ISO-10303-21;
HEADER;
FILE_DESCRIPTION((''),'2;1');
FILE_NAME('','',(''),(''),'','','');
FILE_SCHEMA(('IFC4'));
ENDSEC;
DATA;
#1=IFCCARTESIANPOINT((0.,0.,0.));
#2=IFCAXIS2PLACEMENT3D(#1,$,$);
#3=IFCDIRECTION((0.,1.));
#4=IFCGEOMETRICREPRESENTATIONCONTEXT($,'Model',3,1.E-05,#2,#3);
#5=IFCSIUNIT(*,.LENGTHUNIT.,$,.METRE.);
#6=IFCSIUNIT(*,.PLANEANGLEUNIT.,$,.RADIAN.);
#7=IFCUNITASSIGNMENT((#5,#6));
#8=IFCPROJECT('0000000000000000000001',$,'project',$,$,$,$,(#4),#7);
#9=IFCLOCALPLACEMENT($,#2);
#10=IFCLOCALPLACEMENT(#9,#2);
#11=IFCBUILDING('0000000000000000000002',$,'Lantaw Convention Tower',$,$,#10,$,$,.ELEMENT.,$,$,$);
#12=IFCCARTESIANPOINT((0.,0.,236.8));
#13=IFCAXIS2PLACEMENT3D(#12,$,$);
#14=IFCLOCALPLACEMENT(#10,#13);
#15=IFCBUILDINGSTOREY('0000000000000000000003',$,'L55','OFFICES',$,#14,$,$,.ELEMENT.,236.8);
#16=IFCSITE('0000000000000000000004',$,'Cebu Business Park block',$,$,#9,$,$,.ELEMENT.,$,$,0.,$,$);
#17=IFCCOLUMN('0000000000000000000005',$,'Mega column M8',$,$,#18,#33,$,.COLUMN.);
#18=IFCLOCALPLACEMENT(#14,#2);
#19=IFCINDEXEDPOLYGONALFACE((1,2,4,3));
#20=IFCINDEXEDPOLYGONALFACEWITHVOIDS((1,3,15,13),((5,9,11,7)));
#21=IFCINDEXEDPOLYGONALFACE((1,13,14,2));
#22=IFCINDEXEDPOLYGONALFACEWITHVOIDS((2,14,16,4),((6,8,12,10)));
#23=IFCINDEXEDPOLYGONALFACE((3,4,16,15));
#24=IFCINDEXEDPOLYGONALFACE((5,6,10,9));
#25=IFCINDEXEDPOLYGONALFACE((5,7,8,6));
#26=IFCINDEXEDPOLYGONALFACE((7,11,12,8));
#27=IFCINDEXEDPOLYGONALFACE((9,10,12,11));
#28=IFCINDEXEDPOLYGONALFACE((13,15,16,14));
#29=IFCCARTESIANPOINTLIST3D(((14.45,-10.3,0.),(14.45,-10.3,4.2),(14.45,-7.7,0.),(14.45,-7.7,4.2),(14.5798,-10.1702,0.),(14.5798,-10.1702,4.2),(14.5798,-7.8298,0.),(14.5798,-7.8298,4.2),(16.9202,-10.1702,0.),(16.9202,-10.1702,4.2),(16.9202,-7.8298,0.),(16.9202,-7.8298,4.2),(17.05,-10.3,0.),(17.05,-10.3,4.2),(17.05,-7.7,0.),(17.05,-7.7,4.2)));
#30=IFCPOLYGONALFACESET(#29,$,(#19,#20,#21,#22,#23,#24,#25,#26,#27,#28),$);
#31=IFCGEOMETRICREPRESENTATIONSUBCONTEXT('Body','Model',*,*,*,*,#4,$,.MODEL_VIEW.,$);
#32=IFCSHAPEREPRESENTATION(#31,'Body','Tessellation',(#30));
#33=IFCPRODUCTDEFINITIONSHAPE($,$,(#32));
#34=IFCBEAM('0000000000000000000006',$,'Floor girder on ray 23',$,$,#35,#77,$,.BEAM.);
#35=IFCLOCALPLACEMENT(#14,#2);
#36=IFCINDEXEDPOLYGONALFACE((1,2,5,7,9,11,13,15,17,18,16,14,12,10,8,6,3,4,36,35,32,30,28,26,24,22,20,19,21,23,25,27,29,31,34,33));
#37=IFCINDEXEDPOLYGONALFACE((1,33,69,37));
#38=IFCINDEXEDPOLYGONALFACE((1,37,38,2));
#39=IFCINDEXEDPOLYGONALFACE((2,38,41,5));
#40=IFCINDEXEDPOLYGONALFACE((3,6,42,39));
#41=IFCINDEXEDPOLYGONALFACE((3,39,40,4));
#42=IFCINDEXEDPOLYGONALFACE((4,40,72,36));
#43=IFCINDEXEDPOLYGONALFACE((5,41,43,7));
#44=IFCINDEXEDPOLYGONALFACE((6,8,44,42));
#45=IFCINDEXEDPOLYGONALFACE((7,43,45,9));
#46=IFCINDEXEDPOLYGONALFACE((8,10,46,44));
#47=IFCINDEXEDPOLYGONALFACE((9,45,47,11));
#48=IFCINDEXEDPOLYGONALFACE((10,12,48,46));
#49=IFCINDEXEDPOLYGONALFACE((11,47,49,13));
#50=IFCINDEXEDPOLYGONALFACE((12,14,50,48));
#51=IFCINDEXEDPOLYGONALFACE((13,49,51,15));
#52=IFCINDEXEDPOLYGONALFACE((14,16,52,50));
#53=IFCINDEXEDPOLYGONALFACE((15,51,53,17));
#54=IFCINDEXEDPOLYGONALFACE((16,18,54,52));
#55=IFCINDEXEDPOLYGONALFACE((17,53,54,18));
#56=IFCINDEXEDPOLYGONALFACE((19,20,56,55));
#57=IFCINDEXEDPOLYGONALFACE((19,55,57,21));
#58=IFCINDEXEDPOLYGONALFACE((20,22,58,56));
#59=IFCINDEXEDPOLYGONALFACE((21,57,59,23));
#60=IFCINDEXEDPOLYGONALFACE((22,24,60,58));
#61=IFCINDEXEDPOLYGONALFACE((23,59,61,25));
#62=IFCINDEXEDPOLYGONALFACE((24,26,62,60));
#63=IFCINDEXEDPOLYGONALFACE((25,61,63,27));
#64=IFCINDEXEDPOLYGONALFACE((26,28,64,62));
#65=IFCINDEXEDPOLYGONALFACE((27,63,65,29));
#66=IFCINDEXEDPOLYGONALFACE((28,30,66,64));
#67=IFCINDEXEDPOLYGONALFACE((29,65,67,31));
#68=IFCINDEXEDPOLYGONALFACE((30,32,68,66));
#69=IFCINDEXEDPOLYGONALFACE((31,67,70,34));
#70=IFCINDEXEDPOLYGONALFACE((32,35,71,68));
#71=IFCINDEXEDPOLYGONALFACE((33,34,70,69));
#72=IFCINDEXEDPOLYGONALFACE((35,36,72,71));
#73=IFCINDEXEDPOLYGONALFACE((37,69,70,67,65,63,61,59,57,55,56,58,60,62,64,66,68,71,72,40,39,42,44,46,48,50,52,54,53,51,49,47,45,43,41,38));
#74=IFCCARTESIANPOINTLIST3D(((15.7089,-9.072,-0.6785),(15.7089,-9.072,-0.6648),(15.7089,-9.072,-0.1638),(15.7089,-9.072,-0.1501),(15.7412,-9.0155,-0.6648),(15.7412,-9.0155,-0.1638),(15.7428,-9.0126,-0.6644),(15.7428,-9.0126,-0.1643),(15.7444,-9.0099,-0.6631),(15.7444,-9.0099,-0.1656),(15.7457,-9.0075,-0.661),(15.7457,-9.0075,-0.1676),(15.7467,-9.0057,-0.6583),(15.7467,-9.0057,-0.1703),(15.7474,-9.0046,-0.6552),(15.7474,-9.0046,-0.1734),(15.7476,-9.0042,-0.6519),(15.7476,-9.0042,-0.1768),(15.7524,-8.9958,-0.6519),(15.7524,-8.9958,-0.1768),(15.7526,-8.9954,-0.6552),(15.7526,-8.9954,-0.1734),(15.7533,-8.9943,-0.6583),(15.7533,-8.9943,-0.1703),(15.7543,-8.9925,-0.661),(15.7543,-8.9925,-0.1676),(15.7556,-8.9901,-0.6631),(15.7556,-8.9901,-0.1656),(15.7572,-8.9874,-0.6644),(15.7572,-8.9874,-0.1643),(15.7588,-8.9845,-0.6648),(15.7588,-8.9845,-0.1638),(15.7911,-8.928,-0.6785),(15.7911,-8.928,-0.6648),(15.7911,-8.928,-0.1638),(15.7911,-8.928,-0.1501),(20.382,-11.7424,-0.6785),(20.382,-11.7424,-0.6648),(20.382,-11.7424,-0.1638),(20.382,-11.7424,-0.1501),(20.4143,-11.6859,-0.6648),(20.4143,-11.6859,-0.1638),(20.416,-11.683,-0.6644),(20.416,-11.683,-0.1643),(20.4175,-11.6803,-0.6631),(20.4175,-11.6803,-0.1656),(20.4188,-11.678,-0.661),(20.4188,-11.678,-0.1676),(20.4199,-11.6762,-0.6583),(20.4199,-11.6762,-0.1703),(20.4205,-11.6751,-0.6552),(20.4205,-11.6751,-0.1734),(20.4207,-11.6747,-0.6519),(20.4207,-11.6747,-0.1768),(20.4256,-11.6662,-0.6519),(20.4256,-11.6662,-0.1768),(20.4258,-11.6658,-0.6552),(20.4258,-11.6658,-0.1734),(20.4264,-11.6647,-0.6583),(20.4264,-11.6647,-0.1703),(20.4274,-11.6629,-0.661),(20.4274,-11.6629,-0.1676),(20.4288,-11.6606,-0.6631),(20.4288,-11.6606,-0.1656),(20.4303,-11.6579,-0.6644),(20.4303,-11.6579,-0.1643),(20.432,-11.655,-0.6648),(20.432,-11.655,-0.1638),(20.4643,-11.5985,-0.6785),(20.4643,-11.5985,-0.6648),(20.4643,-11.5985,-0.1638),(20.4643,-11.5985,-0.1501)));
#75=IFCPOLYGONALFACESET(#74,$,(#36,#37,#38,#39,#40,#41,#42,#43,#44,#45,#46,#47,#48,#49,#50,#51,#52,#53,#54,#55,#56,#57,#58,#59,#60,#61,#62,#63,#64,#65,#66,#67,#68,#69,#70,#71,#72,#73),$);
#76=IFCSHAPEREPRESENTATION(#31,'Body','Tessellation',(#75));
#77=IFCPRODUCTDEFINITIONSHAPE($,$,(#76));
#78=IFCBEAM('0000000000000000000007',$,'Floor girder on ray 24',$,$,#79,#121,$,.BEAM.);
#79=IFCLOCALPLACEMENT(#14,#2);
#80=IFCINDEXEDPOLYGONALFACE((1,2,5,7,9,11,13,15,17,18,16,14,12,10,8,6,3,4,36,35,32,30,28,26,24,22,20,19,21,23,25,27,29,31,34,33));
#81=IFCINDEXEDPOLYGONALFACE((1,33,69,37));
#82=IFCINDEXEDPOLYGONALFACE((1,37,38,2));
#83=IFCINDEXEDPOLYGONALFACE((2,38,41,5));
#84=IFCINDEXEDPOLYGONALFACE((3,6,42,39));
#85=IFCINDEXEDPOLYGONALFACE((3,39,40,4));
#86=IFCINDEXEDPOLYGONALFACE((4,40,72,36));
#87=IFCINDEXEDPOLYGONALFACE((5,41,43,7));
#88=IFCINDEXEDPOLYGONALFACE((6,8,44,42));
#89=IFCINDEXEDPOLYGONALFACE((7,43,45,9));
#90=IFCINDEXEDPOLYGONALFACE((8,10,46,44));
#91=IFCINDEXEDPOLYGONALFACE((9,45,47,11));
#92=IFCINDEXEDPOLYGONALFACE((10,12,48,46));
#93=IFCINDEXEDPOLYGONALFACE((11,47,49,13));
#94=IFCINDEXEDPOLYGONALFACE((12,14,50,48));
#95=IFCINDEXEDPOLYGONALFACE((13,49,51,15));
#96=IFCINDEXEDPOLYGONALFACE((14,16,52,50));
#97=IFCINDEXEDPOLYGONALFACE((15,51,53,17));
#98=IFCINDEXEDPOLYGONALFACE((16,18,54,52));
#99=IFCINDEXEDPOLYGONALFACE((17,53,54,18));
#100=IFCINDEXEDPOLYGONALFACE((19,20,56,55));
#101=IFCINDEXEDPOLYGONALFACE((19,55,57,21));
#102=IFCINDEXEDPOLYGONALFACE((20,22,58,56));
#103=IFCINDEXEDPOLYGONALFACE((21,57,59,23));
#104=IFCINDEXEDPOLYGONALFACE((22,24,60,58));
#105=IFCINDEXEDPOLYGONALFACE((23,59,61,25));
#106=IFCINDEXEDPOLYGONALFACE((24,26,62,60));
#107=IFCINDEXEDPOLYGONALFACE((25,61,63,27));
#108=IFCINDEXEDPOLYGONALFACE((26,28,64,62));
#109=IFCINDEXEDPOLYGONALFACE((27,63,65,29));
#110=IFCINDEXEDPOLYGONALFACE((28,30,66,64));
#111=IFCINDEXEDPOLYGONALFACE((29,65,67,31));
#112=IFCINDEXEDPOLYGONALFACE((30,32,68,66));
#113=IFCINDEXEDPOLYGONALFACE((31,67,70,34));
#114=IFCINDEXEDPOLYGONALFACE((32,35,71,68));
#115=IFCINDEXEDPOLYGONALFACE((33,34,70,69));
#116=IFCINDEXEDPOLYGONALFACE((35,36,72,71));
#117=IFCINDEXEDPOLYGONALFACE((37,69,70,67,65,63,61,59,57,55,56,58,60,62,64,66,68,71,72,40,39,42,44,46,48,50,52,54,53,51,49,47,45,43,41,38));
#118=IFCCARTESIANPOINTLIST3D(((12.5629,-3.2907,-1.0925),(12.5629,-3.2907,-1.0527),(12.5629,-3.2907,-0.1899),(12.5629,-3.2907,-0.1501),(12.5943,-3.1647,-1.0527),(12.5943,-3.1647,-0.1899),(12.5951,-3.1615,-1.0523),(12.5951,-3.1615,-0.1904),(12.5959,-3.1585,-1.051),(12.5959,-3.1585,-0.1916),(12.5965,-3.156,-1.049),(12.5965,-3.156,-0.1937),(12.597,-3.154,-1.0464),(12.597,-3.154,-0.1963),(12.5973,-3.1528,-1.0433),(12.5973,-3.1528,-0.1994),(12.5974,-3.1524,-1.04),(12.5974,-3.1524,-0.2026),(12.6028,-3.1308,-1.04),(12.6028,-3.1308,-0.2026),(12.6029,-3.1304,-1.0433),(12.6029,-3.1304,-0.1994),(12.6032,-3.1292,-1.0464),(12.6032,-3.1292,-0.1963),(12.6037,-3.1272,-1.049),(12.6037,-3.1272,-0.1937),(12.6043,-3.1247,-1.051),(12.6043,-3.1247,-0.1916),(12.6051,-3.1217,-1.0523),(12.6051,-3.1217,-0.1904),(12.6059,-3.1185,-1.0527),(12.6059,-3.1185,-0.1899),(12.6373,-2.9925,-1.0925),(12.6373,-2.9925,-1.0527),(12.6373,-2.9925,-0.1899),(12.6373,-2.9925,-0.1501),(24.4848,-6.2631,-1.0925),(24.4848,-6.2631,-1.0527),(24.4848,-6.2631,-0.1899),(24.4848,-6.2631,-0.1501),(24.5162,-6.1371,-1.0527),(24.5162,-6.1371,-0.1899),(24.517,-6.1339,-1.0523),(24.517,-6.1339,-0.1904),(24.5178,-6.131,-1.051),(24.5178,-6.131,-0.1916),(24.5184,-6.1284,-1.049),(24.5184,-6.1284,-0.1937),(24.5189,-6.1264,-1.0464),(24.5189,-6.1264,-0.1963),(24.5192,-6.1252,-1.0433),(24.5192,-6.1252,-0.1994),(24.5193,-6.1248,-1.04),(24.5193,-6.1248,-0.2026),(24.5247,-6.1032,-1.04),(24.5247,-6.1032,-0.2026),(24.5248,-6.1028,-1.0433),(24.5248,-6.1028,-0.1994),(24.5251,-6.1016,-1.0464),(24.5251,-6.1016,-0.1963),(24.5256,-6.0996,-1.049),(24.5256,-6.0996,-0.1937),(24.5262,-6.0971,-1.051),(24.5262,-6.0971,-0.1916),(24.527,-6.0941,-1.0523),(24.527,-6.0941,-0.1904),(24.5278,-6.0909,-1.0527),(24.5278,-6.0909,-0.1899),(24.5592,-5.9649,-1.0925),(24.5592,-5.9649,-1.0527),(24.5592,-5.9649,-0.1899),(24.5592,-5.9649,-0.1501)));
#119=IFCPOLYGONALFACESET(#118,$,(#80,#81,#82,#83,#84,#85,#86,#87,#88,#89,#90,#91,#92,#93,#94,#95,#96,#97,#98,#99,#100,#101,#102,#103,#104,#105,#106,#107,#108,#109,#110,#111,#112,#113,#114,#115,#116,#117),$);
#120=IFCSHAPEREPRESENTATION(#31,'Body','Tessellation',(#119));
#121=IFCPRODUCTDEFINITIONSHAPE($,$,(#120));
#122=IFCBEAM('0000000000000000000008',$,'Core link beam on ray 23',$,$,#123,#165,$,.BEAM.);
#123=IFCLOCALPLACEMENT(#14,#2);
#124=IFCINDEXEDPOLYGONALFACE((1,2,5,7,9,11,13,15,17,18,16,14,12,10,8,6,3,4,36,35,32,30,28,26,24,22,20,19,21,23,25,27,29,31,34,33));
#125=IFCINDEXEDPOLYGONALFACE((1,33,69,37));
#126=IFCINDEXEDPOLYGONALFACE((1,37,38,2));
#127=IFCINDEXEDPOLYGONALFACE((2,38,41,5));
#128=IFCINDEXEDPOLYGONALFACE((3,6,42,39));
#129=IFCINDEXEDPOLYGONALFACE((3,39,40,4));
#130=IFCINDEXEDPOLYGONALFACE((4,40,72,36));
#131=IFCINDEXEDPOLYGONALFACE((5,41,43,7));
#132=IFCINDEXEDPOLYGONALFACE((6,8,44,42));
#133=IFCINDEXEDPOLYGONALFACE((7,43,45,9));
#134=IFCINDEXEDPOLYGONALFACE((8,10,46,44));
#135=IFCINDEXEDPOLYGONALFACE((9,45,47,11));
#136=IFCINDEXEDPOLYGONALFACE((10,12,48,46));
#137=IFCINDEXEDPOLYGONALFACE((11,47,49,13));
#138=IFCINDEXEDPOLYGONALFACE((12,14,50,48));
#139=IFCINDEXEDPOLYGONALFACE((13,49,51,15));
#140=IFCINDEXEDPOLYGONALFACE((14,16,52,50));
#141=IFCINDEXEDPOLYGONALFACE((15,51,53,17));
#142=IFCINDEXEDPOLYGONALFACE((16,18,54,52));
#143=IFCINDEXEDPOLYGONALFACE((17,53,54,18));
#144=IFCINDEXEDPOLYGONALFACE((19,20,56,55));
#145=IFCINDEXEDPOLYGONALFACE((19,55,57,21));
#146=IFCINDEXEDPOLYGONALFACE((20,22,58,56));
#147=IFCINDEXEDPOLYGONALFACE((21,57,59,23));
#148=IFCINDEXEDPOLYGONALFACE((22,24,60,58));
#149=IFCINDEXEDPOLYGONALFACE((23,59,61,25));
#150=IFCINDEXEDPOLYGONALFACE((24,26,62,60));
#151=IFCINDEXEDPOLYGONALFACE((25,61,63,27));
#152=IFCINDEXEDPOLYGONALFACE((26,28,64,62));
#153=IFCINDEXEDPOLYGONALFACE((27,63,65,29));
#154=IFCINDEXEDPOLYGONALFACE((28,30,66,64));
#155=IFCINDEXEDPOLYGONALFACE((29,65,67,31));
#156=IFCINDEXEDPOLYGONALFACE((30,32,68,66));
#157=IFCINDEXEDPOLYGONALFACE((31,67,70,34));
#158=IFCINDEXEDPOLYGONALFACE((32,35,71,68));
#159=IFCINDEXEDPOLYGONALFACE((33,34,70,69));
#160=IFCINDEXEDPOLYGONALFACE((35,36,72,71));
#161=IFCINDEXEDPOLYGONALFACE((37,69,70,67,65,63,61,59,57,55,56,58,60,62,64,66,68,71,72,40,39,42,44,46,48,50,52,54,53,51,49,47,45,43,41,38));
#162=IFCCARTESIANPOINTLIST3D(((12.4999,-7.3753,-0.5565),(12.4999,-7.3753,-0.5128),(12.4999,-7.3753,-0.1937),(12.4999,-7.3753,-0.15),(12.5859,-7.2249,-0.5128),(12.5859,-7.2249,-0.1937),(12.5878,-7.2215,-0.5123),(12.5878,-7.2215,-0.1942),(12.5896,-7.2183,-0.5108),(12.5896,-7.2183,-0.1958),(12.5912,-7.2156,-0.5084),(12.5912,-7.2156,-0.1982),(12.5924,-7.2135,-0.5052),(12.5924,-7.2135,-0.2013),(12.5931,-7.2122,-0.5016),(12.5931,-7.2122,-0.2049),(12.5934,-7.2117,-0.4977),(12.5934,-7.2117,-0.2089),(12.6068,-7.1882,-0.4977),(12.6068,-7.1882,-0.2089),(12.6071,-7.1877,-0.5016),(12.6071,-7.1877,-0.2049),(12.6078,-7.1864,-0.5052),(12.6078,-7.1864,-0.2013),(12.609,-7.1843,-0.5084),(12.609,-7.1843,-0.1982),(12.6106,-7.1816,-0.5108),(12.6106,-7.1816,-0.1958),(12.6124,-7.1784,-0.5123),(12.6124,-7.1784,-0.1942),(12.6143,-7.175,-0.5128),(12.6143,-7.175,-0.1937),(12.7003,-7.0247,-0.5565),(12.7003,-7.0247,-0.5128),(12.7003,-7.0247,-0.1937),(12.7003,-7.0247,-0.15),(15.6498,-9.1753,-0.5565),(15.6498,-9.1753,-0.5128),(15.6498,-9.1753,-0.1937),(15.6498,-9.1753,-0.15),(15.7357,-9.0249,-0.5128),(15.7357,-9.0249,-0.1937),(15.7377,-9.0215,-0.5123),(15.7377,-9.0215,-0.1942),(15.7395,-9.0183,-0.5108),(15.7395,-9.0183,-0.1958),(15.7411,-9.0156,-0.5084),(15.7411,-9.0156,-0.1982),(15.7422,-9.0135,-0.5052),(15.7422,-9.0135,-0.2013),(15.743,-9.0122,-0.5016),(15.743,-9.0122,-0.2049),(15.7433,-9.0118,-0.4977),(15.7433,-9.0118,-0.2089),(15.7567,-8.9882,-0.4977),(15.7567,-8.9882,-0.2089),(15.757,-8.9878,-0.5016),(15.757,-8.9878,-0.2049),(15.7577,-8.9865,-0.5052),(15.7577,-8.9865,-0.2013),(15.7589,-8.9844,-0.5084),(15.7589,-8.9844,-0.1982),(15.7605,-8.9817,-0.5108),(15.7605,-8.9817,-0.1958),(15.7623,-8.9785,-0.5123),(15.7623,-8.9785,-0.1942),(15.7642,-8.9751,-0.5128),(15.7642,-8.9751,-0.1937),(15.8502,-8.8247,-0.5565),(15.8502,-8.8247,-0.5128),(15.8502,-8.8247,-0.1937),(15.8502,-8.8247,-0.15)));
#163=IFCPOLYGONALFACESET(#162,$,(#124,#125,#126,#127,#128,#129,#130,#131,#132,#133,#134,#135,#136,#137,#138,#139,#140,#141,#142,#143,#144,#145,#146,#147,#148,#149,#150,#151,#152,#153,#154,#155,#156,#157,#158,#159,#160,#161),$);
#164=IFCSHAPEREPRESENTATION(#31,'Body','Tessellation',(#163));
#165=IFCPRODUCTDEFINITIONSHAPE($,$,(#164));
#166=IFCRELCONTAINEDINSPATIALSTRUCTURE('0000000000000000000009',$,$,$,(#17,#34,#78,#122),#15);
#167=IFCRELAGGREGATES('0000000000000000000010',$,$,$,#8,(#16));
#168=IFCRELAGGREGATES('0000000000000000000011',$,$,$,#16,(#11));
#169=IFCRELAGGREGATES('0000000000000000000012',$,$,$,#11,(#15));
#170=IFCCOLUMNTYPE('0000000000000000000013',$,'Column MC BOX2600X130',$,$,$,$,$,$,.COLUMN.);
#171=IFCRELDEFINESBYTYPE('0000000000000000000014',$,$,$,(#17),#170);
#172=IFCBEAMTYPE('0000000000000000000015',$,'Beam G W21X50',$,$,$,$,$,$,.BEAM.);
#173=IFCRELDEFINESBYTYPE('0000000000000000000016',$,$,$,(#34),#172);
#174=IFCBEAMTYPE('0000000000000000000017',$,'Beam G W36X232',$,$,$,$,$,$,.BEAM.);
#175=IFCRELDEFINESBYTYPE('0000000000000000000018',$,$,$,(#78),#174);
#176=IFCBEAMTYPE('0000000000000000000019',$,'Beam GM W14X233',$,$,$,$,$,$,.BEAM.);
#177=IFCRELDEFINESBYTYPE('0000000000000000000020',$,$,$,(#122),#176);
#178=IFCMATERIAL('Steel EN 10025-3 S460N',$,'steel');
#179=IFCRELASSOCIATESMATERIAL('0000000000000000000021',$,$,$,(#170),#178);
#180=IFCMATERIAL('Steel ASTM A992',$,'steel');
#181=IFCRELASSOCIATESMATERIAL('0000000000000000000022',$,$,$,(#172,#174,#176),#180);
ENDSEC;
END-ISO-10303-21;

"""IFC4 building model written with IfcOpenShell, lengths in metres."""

from ifc_helpers import new_model, si_unit, direction, frame, origin, origin_2d, place, context, subcontext, project, spatial, rectangle, hollow_rectangle, i_section, extrude, material, material_profile, profile_set, type_object, element, save


model = new_model("IFC4")

# Units and contexts
model_context = context("Model", 3, precision=1e-05, world=origin(), true_north=direction((0.0, 1.0)))
body_context = subcontext(model_context, "Body", "Model", "MODEL_VIEW")
ifc_project = project(units=[si_unit("LENGTHUNIT", "METRE"), si_unit("PLANEANGLEUNIT", "RADIAN")], contexts=[model_context])

# Site, building, storey
site_placement = place(None, origin())
site = spatial("IfcSite", under=ifc_project, at=site_placement, Name="Cebu Business Park block", CompositionType="ELEMENT", RefElevation=0.0)
building_placement = place(site_placement, origin())
building = spatial("IfcBuilding", under=site, at=building_placement, Name="Lantaw Convention Tower", CompositionType="ELEMENT")
storey_placement = place(building_placement, frame((0.0, 0.0, 236.8)))
storey = spatial("IfcBuildingStorey", under=building, at=storey_placement, Name="L55", Description="OFFICES", CompositionType="ELEMENT", Elevation=236.8)

# Column
ifc_material_1 = material(Name="Steel EN 10025-3 S460N", Category="steel")
ifc_material_profile_1 = material_profile(ifc_material_1, hollow_rectangle(XDim=2.6001, YDim=2.6001, WallThickness=0.1299, at=origin_2d()), Name="BOX2600X130")
ifc_material_2 = material(Name="Concrete C60/75", Category="concrete")
ifc_material_profile_2 = material_profile(ifc_material_2, rectangle(XDim=2.3401, YDim=2.3401, at=origin_2d()), Name="Concrete fill of BOX2600X130")
ifc_profile_set_1 = profile_set([ifc_material_profile_1, ifc_material_profile_2], Name="Steel EN 10025-3 S460N")
column_type = type_object("IfcColumnType", Name="Column MC BOX2600X130", PredefinedType="COLUMN", material=ifc_profile_set_1)
column_placement = place(storey_placement, frame((15.75, -9.0, 0.0), z_axis=(0.0, 0.0, 1.0), x_axis=(1.0, 0.0, 0.0)))
element("IfcColumn", 1, at=column_placement, inside=storey, type_object=column_type, Name="Mega column M8", PredefinedType="COLUMN", context=body_context, shape_type="SweptSolid", body=[
    extrude(hollow_rectangle(XDim=2.6001, YDim=2.6001, WallThickness=0.1299, at=origin_2d()), origin(), (0.0, 0.0, 1.0), 4.2),
])

# Beams
ifc_material_3 = material(Name="Steel ASTM A992", Category="steel")
ifc_material_profile_3 = material_profile(ifc_material_3, i_section(OverallWidth=0.1658, OverallDepth=0.5283, WebThickness=0.0098, FlangeThickness=0.0137, FilletRadius=0.0129, at=origin_2d()), Name="W21X50")
ifc_profile_set_2 = profile_set([ifc_material_profile_3], Name="Steel ASTM A992")
beam_type_1 = type_object("IfcBeamType", Name="Beam G W21X50", PredefinedType="BEAM", material=ifc_profile_set_2)
beam_1_placement = place(storey_placement, frame((15.75, -9.0, -0.4143), z_axis=(0.868238, -0.496149, 0.0), x_axis=(0.496149, 0.868238, 0.0)))
element("IfcBeam", 2, at=beam_1_placement, inside=storey, type_object=beam_type_1, Name="Floor girder on ray 23", PredefinedType="BEAM", context=body_context, shape_type="SweptSolid", body=[
    extrude(i_section(OverallWidth=0.1658, OverallDepth=0.5283, WebThickness=0.0098, FlangeThickness=0.0137, FilletRadius=0.0129, at=origin_2d()), origin(), (0.0, 0.0, 1.0), 5.3823),
])
ifc_material_profile_4 = material_profile(ifc_material_3, i_section(OverallWidth=0.3074, OverallDepth=0.9424, WebThickness=0.0222, FlangeThickness=0.0398, FilletRadius=0.0127, at=origin_2d()), Name="W36X232")
ifc_profile_set_3 = profile_set([ifc_material_profile_4], Name="Steel ASTM A992")
beam_type_2 = type_object("IfcBeamType", Name="Beam G W36X232", PredefinedType="BEAM", material=ifc_profile_set_3)
beam_2_placement = place(storey_placement, frame((12.6001, -3.1416, -0.6213), z_axis=(0.970297, -0.241918, 0.0), x_axis=(0.241918, 0.970297, 0.0)))
element("IfcBeam", 3, at=beam_2_placement, inside=storey, type_object=beam_type_2, Name="Floor girder on ray 24", PredefinedType="BEAM", context=body_context, shape_type="SweptSolid", body=[
    extrude(i_section(OverallWidth=0.3074, OverallDepth=0.9424, WebThickness=0.0222, FlangeThickness=0.0398, FilletRadius=0.0127, at=origin_2d()), origin(), (0.0, 0.0, 1.0), 12.2869),
])
ifc_material_profile_5 = material_profile(ifc_material_3, i_section(OverallWidth=0.4038, OverallDepth=0.4065, WebThickness=0.0271, FlangeThickness=0.0437, FilletRadius=0.0151, at=origin_2d()), Name="W14X233")
ifc_profile_set_4 = profile_set([ifc_material_profile_5], Name="Steel ASTM A992")
beam_type_3 = type_object("IfcBeamType", Name="Beam GM W14X233", PredefinedType="BEAM", material=ifc_profile_set_4)
beam_3_placement = place(storey_placement, frame((12.6001, -7.2, -0.3533), z_axis=(0.868231, -0.496161, 0.0), x_axis=(0.496161, 0.868231, 0.0)))
element("IfcBeam", 4, at=beam_3_placement, inside=storey, type_object=beam_type_3, Name="Core link beam on ray 23", PredefinedType="BEAM", context=body_context, shape_type="SweptSolid", body=[
    extrude(i_section(OverallWidth=0.4038, OverallDepth=0.4065, WebThickness=0.0271, FlangeThickness=0.0437, FilletRadius=0.0151, at=origin_2d()), origin(), (0.0, 0.0, 1.0), 3.6279),
])

save(model, "model.ifc")
